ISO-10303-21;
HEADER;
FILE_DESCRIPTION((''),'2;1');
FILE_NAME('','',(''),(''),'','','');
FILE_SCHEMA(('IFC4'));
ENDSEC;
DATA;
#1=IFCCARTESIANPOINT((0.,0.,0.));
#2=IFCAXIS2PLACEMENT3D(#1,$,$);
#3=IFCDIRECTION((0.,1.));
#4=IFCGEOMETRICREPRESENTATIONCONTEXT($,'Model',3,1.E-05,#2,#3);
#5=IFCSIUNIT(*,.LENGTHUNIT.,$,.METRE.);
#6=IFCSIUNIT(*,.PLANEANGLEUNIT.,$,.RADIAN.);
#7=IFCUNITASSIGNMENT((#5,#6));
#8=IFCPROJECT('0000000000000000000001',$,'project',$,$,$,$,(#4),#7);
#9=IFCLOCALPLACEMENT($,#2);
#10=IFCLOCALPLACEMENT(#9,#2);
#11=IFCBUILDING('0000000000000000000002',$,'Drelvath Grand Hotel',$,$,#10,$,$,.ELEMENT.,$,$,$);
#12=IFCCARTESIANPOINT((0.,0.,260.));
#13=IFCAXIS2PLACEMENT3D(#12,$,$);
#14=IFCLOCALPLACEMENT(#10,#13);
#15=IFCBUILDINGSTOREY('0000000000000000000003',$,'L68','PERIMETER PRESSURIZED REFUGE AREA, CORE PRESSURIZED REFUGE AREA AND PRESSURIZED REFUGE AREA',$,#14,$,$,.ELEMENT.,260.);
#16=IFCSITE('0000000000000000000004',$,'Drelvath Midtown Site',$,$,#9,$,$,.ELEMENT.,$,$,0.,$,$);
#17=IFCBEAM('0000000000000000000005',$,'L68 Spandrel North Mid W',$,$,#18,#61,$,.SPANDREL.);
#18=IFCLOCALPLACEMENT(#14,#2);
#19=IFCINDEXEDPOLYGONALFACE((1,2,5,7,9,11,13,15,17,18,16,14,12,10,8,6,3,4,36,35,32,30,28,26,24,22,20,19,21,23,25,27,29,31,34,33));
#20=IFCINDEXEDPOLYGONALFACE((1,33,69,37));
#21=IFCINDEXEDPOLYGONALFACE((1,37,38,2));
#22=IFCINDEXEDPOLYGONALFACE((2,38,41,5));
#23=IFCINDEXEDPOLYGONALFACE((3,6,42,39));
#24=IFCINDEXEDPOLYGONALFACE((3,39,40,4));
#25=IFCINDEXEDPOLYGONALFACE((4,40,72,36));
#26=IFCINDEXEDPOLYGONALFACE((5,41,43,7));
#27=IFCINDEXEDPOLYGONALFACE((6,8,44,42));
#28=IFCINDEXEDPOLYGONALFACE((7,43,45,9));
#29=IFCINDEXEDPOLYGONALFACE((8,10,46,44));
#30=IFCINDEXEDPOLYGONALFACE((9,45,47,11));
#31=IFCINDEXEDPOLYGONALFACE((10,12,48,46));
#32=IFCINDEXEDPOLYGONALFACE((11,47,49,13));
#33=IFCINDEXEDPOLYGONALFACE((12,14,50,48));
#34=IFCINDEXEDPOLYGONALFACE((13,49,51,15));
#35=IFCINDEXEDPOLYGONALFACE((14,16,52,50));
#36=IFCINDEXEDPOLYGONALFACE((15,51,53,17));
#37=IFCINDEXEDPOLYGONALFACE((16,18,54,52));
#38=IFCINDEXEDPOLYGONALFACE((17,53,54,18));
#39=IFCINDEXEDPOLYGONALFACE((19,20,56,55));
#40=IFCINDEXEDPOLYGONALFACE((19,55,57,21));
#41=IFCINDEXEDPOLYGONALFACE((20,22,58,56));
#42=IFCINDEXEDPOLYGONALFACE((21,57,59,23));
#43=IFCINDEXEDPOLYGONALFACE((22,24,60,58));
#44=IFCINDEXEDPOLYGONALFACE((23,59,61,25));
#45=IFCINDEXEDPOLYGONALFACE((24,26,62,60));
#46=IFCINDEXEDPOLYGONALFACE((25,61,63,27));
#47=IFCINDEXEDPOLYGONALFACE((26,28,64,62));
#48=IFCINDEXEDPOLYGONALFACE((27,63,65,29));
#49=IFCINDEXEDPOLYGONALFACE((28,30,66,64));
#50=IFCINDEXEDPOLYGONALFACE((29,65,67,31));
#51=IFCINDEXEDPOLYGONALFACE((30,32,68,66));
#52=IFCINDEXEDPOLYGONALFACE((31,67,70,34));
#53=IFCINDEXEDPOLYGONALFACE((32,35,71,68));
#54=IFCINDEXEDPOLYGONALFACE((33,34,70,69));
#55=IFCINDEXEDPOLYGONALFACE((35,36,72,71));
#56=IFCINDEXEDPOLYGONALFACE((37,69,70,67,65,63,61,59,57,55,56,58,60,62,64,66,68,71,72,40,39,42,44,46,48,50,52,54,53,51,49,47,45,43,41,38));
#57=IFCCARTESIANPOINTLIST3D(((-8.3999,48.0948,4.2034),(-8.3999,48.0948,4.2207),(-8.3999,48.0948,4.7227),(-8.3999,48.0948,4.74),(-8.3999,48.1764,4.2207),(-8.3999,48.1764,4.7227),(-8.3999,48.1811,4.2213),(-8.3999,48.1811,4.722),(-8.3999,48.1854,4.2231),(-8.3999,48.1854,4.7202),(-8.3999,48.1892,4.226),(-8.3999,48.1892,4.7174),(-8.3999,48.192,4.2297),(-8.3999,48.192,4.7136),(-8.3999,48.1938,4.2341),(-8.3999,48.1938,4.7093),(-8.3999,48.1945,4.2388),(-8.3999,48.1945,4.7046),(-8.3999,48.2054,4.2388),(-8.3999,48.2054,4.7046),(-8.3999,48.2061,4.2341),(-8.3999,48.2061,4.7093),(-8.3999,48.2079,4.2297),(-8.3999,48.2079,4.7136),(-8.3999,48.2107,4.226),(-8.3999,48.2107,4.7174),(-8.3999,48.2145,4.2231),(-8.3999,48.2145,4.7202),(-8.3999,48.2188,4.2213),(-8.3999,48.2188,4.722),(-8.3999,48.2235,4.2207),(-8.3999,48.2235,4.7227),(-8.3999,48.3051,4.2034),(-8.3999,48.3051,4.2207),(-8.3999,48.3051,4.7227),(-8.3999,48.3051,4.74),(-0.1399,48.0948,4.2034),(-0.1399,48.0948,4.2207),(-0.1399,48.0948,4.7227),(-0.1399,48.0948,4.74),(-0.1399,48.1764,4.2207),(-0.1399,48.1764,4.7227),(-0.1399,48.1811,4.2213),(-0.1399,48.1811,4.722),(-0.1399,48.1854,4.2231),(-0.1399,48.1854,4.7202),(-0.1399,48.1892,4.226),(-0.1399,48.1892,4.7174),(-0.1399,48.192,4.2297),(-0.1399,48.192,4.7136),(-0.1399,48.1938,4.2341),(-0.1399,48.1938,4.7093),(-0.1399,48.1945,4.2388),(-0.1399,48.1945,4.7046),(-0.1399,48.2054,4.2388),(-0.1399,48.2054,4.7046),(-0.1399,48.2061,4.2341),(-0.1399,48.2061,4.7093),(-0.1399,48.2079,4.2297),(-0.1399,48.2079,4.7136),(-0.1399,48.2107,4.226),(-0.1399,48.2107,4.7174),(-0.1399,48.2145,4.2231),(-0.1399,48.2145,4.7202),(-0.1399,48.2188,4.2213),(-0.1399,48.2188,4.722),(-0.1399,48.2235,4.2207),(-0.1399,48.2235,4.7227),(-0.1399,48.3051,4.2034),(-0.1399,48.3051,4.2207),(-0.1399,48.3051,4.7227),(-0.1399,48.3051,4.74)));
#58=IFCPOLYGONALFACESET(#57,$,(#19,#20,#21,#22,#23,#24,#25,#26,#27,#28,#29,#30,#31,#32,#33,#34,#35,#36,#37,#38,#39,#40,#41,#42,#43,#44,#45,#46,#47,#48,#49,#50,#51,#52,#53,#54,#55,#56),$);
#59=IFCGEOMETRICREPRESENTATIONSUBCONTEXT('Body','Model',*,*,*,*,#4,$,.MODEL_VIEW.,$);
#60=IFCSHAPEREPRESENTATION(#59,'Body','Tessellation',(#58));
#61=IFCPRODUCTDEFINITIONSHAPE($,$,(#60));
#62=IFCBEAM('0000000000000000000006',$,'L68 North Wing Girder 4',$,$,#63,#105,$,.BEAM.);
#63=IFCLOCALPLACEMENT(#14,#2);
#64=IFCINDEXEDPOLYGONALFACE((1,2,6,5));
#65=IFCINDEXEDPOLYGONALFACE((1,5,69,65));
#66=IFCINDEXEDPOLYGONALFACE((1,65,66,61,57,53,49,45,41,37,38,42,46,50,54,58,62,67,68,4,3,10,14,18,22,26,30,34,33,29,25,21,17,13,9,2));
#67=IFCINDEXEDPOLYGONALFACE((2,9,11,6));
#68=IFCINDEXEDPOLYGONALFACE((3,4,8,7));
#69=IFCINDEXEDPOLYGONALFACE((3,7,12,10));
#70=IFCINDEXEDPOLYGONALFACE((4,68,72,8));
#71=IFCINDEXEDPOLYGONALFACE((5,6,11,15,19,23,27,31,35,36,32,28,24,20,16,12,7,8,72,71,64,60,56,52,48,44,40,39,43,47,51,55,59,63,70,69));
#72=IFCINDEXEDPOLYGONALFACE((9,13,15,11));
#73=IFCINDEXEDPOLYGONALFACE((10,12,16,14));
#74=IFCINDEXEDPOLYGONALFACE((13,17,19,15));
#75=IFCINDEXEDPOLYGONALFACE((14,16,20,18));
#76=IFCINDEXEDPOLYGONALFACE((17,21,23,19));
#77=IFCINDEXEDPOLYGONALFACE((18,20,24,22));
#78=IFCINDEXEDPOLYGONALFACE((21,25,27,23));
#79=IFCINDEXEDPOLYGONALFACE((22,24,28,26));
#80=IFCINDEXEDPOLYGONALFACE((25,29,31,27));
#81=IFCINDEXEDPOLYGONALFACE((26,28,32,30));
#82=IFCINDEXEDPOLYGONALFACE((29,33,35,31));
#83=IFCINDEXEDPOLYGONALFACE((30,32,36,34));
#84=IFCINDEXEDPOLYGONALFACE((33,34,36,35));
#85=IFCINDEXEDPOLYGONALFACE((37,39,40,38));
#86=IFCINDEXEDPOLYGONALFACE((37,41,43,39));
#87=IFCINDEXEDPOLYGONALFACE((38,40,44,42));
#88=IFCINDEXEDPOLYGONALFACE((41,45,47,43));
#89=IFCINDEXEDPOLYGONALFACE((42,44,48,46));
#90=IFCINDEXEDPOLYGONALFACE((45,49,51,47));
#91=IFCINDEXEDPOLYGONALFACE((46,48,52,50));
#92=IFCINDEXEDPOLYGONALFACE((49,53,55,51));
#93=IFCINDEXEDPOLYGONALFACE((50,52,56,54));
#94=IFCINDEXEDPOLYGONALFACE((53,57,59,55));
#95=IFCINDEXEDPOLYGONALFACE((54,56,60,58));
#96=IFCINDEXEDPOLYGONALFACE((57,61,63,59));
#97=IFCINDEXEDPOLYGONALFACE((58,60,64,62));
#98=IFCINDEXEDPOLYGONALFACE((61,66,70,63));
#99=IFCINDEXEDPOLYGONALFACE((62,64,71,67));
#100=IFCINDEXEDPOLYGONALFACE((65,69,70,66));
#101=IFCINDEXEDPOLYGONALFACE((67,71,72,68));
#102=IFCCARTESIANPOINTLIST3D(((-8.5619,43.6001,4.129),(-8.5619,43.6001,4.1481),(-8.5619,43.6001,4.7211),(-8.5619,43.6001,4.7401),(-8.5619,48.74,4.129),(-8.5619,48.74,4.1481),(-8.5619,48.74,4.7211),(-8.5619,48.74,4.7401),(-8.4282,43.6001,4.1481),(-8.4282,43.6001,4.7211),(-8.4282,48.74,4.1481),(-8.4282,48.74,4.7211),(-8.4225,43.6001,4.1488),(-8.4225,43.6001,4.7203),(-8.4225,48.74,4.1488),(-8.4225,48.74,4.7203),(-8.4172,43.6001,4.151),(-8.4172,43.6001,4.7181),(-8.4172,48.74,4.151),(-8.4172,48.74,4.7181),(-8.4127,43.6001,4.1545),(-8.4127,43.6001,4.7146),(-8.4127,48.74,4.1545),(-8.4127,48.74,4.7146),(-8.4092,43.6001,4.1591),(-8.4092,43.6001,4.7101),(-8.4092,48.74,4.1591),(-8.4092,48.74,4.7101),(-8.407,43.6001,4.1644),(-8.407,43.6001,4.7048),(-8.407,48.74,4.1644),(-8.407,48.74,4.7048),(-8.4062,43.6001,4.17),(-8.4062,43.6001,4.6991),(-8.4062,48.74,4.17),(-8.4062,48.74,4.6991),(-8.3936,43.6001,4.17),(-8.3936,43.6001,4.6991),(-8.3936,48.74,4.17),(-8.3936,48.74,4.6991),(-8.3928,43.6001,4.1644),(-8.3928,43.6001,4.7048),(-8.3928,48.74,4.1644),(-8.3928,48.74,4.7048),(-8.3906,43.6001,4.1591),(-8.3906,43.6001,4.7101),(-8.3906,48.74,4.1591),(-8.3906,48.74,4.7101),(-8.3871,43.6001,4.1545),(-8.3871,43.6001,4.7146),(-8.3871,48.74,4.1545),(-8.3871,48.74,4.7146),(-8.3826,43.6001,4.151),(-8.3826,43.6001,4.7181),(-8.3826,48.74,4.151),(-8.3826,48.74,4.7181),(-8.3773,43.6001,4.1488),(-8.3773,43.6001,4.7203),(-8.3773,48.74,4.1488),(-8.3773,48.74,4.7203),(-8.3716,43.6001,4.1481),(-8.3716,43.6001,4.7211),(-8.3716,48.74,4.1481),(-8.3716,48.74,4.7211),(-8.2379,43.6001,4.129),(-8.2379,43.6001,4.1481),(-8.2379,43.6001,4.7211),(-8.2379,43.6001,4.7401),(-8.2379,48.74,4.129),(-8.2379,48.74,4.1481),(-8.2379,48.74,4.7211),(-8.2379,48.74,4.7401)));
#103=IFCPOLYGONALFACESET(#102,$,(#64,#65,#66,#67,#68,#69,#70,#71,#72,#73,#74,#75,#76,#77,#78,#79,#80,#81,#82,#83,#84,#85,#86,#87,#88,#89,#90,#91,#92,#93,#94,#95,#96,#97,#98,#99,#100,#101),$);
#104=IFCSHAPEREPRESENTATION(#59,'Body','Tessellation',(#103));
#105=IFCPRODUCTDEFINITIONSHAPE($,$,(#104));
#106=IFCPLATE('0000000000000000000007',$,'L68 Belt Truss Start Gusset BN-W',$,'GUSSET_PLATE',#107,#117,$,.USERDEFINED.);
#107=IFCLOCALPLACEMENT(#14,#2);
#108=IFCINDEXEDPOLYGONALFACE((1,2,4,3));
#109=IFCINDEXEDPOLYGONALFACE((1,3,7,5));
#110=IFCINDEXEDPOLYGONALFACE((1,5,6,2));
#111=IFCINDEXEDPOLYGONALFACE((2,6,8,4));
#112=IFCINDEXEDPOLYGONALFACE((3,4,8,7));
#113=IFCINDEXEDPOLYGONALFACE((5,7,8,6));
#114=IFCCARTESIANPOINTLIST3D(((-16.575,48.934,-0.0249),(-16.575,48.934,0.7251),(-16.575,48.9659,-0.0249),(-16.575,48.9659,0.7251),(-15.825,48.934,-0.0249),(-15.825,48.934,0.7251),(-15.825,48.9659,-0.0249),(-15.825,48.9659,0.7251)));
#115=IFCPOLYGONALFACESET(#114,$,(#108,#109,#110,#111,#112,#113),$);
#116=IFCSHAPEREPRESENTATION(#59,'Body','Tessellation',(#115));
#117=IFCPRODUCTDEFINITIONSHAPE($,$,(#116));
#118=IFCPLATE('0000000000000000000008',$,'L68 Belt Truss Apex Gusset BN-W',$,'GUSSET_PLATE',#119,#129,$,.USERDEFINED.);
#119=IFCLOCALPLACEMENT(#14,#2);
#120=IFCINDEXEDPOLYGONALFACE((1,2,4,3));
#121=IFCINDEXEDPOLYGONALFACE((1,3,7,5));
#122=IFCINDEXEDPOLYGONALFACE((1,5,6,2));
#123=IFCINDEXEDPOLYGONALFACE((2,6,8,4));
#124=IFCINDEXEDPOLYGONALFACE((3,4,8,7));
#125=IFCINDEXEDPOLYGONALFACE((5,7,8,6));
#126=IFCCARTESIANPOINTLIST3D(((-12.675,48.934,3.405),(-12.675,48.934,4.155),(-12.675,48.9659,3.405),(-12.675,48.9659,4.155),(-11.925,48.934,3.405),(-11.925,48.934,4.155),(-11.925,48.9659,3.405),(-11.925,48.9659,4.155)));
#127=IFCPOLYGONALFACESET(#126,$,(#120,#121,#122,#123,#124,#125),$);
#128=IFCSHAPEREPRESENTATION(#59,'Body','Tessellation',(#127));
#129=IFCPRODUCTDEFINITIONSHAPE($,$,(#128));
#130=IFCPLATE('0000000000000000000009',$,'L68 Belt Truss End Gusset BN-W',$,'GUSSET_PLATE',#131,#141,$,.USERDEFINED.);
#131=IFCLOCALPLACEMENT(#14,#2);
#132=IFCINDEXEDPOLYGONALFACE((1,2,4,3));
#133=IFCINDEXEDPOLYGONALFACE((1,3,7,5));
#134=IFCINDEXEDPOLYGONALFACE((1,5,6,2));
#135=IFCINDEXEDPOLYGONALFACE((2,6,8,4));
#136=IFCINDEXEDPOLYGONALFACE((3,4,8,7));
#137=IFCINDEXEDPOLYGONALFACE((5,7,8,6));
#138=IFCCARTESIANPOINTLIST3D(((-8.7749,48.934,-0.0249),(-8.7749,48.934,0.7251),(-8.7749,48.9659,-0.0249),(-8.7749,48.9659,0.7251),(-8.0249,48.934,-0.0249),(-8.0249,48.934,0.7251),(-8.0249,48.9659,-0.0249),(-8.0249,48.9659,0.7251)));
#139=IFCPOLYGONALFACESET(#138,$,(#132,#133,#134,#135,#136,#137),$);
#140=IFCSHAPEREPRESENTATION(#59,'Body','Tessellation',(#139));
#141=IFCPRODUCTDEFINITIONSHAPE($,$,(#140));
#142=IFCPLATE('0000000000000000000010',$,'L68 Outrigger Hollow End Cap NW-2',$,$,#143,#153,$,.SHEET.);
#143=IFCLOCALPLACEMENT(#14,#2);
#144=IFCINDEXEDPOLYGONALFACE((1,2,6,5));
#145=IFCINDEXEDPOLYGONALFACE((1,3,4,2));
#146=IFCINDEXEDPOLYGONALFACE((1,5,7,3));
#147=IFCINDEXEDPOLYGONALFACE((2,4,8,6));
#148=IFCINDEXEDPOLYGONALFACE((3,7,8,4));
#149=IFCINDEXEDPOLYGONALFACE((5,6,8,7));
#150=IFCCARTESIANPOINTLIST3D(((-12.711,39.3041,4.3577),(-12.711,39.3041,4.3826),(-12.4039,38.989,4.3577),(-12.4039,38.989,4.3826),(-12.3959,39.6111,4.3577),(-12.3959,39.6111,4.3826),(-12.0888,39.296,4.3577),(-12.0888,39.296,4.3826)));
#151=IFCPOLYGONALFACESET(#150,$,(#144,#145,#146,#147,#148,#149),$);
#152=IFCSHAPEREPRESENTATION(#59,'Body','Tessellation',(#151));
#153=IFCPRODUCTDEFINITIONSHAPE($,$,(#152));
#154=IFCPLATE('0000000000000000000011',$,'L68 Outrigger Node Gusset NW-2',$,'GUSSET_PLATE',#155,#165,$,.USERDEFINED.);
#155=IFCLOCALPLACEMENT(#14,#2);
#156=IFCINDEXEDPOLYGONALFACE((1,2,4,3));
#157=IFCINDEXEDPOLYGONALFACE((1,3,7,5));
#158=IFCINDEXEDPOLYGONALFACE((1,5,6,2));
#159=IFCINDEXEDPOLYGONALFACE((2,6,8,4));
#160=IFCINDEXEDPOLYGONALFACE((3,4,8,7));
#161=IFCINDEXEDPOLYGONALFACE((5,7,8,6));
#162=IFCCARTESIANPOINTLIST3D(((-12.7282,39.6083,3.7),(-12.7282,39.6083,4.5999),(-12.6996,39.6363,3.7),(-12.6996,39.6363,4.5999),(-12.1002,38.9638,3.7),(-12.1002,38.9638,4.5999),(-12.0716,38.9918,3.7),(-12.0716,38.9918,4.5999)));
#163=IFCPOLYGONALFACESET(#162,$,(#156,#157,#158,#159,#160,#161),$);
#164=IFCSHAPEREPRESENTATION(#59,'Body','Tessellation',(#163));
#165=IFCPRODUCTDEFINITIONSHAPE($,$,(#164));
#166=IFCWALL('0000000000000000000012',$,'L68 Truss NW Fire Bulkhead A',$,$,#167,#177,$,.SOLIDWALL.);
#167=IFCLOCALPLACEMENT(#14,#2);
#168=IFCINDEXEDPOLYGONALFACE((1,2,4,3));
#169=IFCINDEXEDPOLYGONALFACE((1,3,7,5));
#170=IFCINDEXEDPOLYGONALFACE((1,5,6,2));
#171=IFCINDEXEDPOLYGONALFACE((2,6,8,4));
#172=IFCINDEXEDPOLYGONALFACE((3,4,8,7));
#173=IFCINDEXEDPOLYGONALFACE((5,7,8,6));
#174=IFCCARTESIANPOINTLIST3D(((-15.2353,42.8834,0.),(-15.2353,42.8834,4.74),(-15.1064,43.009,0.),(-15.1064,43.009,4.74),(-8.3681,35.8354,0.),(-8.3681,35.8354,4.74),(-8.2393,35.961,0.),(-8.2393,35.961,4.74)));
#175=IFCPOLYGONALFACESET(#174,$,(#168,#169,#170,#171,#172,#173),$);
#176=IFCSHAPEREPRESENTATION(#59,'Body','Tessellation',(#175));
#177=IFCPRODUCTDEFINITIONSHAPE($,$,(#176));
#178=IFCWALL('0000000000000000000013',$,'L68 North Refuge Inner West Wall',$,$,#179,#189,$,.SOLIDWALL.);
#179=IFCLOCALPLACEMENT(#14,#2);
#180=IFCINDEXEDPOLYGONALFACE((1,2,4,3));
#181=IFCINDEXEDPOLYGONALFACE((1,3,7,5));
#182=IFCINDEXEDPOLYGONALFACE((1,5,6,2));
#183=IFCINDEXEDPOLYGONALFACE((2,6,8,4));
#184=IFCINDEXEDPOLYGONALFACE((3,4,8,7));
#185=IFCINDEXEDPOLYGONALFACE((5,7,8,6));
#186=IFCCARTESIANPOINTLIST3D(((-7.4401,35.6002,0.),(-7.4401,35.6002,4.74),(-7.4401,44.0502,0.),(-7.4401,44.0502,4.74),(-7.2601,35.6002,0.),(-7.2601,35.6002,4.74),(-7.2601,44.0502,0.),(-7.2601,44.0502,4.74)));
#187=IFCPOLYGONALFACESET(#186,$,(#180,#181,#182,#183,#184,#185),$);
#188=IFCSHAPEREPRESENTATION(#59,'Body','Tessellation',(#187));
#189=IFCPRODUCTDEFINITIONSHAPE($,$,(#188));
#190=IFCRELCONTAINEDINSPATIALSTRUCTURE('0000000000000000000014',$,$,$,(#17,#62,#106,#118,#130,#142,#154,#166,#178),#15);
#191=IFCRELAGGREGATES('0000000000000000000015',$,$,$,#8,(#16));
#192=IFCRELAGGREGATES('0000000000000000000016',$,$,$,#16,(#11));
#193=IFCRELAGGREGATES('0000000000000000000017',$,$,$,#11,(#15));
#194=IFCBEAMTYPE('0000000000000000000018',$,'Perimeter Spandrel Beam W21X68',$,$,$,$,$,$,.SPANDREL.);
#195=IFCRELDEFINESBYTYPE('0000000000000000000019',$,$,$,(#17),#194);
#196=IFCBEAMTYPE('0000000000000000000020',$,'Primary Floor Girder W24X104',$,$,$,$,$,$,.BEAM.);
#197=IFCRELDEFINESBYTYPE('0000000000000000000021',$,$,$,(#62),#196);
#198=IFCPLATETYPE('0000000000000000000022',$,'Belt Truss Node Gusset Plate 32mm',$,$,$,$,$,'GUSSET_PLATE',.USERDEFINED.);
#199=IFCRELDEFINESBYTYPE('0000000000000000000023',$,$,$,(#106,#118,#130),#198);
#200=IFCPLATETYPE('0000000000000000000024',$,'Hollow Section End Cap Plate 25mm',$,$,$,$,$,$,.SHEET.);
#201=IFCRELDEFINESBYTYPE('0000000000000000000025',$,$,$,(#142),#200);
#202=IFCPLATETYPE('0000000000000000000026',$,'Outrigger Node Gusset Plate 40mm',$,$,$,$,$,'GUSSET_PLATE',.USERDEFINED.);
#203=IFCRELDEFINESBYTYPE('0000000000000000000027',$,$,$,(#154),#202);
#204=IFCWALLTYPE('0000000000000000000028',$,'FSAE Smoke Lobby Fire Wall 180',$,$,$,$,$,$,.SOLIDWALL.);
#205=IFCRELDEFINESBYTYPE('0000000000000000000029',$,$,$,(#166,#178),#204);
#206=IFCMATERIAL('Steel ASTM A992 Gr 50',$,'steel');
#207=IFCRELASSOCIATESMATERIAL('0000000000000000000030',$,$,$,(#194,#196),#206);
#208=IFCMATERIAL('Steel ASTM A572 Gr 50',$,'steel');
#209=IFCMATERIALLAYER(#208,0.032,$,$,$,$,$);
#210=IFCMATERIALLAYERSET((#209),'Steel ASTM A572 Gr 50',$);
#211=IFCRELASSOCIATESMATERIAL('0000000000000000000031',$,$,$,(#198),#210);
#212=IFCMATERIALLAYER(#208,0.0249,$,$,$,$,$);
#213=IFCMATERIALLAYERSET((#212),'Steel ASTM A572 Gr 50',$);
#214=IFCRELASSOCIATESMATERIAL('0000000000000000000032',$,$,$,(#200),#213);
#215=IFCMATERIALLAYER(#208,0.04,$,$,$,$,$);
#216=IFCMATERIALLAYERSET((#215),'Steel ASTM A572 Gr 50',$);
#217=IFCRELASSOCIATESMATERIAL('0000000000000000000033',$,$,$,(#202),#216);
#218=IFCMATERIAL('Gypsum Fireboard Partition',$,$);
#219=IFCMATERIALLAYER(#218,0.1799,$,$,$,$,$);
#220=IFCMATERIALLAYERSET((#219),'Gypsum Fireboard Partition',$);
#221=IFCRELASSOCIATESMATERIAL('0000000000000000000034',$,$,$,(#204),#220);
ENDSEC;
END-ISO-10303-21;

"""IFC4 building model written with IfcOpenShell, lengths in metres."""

from ifc_helpers import new_model, si_unit, direction, frame, frame_2d, origin, origin_2d, place, context, subcontext, project, spatial, rectangle, i_section, extrude, material, layer, layer_set, material_profile, profile_set, type_object, element, save


model = new_model("IFC4")

# Units and contexts
model_context = context("Model", 3, precision=1e-05, world=origin(), true_north=direction((0.0, 1.0)))
body_context = subcontext(model_context, "Body", "Model", "MODEL_VIEW")
ifc_project = project(units=[si_unit("LENGTHUNIT", "METRE"), si_unit("PLANEANGLEUNIT", "RADIAN")], contexts=[model_context])

# Site, building, storey
site_placement = place(None, origin())
site = spatial("IfcSite", under=ifc_project, at=site_placement, Name="Drelvath Midtown Site", CompositionType="ELEMENT", RefElevation=0.0)
building_placement = place(site_placement, origin())
building = spatial("IfcBuilding", under=site, at=building_placement, Name="Drelvath Grand Hotel", CompositionType="ELEMENT")
storey_placement = place(building_placement, frame((0.0, 0.0, 260.0)))
storey = spatial("IfcBuildingStorey", under=building, at=storey_placement, Name="L68", Description="PERIMETER PRESSURIZED REFUGE AREA, CORE PRESSURIZED REFUGE AREA AND PRESSURIZED REFUGE AREA", CompositionType="ELEMENT", Elevation=260.0)

# Beams
ifc_material_1 = material(Name="Steel ASTM A992 Gr 50", Category="steel")
ifc_material_profile_1 = material_profile(ifc_material_1, i_section(OverallWidth=0.2102, OverallDepth=0.5366, WebThickness=0.011, FlangeThickness=0.0173, FilletRadius=0.0181, at=origin_2d()), Name="W21X68")
ifc_profile_set_1 = profile_set([ifc_material_profile_1], Name="Steel ASTM A992 Gr 50")
beam_type_1 = type_object("IfcBeamType", Name="Perimeter Spandrel Beam W21X68", PredefinedType="SPANDREL", material=ifc_profile_set_1)
beam_1_placement = place(storey_placement, frame((-8.3999, 48.2, 4.4717), z_axis=(1.0, 0.0, 0.0), x_axis=(0.0, 1.0, 0.0)))
element("IfcBeam", 1, at=beam_1_placement, inside=storey, type_object=beam_type_1, Name="L68 Spandrel North Mid W", PredefinedType="SPANDREL", context=body_context, shape_type="SweptSolid", body=[
    extrude(i_section(OverallWidth=0.2102, OverallDepth=0.5366, WebThickness=0.011, FlangeThickness=0.0173, FilletRadius=0.0181, at=origin_2d()), origin(), (0.0, 0.0, 1.0), 8.26),
])
ifc_material_profile_2 = material_profile(ifc_material_1, i_section(OverallWidth=0.324, OverallDepth=0.6111, WebThickness=0.0127, FlangeThickness=0.019, FilletRadius=0.022, at=origin_2d()), Name="W24X104")
ifc_profile_set_2 = profile_set([ifc_material_profile_2], Name="Steel ASTM A992 Gr 50")
beam_type_2 = type_object("IfcBeamType", Name="Primary Floor Girder W24X104", PredefinedType="BEAM", material=ifc_profile_set_2)
beam_2_placement = place(storey_placement, frame((-8.3999, 43.6001, 4.4346), z_axis=(0.0, 1.0, 0.0), x_axis=(-1.0, 0.0, 0.0)))
element("IfcBeam", 2, at=beam_2_placement, inside=storey, type_object=beam_type_2, Name="L68 North Wing Girder 4", PredefinedType="BEAM", context=body_context, shape_type="SweptSolid", body=[
    extrude(i_section(OverallWidth=0.324, OverallDepth=0.6111, WebThickness=0.0127, FlangeThickness=0.019, FilletRadius=0.022, at=origin_2d()), origin(), (0.0, 0.0, 1.0), 5.1399),
])

# Plates
ifc_material_2 = material(Name="Steel ASTM A572 Gr 50", Category="steel")
ifc_layer_1 = layer(ifc_material_2, 0.032)
ifc_layer_set_1 = layer_set([ifc_layer_1], Name="Steel ASTM A572 Gr 50")
plate_type_1 = type_object("IfcPlateType", Name="Belt Truss Node Gusset Plate 32mm", ElementType="GUSSET_PLATE", PredefinedType="USERDEFINED", material=ifc_layer_set_1)
for number, where, z_axis, x_axis, name in (
    (3, (-16.2, 48.95, -0.0249), (0.0, 0.0, 1.0), (1.0, 0.0, 0.0), "L68 Belt Truss Start Gusset BN-W"),
    (4, (-12.3, 48.95, 3.405), (0.0, 0.0, 1.0), (1.0, 0.0, 0.0), "L68 Belt Truss Apex Gusset BN-W"),
    (5, (-8.3999, 48.95, -0.0249), (0.0, 0.0, 1.0), (1.0, 0.0, 0.0), "L68 Belt Truss End Gusset BN-W"),
):
    element("IfcPlate", number, at=place(storey_placement, frame(where, z_axis=z_axis, x_axis=x_axis)), inside=storey, type_object=plate_type_1, Name=name, ObjectType="GUSSET_PLATE", PredefinedType="USERDEFINED", context=body_context, shape_type="SweptSolid", body=[
        extrude(rectangle(XDim=0.75, YDim=0.032, at=origin_2d()), origin(), (0.0, 0.0, 1.0), 0.75),
    ])
ifc_layer_2 = layer(ifc_material_2, 0.0249)
ifc_layer_set_2 = layer_set([ifc_layer_2], Name="Steel ASTM A572 Gr 50")
plate_type_2 = type_object("IfcPlateType", Name="Hollow Section End Cap Plate 25mm", PredefinedType="SHEET", material=ifc_layer_set_2)
plate_1_placement = place(storey_placement, frame((-12.3999, 39.3, 4.3577), z_axis=(0.0, 0.0, 1.0), x_axis=(-0.697865, 0.71623, 0.0)))
element("IfcPlate", 6, at=plate_1_placement, inside=storey, type_object=plate_type_2, Name="L68 Outrigger Hollow End Cap NW-2", PredefinedType="SHEET", context=body_context, shape_type="SweptSolid", body=[
    extrude(rectangle(XDim=0.4399, YDim=0.4399, at=origin_2d()), origin(), (0.0, 0.0, 1.0), 0.0249),
])
ifc_layer_3 = layer(ifc_material_2, 0.04)
ifc_layer_set_3 = layer_set([ifc_layer_3], Name="Steel ASTM A572 Gr 50")
plate_type_3 = type_object("IfcPlateType", Name="Outrigger Node Gusset Plate 40mm", ElementType="GUSSET_PLATE", PredefinedType="USERDEFINED", material=ifc_layer_set_3)
plate_2_placement = place(storey_placement, frame((-12.3999, 39.3, 3.7), z_axis=(0.0, 0.0, 1.0), x_axis=(-0.697865, 0.71623, 0.0)))
element("IfcPlate", 7, at=plate_2_placement, inside=storey, type_object=plate_type_3, Name="L68 Outrigger Node Gusset NW-2", ObjectType="GUSSET_PLATE", PredefinedType="USERDEFINED", context=body_context, shape_type="SweptSolid", body=[
    extrude(rectangle(XDim=0.8999, YDim=0.04, at=origin_2d()), origin(), (0.0, 0.0, 1.0), 0.8999),
])

# Walls
ifc_material_3 = material(Name="Gypsum Fireboard Partition")
ifc_layer_4 = layer(ifc_material_3, 0.1799)
ifc_layer_set_4 = layer_set([ifc_layer_4], Name="Gypsum Fireboard Partition")
wall_type_1 = type_object("IfcWallType", Name="FSAE Smoke Lobby Fire Wall 180", PredefinedType="SOLIDWALL", material=ifc_layer_set_4)
wall_1_placement = place(storey_placement, frame((-8.3037, 35.8982, 0.0), z_axis=(0.0, 0.0, 1.0), x_axis=(-0.697855, 0.716239, 0.0)))
element("IfcWall", 8, at=wall_1_placement, inside=storey, type_object=wall_type_1, Name="L68 Truss NW Fire Bulkhead A", PredefinedType="SOLIDWALL", context=body_context, shape_type="SweptSolid", body=[
    extrude(rectangle(XDim=9.8403, YDim=0.1799, at=frame_2d((4.9202, 0.0))), origin(), (0.0, 0.0, 1.0), 4.74),
])
wall_2_placement = place(storey_placement, frame((-7.3501, 35.6001, 0.0), z_axis=(0.0, 0.0, 1.0), x_axis=(0.0, 1.0, 0.0)))
element("IfcWall", 9, at=wall_2_placement, inside=storey, type_object=wall_type_1, Name="L68 North Refuge Inner West Wall", PredefinedType="SOLIDWALL", context=body_context, shape_type="SweptSolid", body=[
    extrude(rectangle(XDim=8.45, YDim=0.1799, at=frame_2d((4.2251, 0.0))), origin(), (0.0, 0.0, 1.0), 4.74),
])

save(model, "model.ifc")
